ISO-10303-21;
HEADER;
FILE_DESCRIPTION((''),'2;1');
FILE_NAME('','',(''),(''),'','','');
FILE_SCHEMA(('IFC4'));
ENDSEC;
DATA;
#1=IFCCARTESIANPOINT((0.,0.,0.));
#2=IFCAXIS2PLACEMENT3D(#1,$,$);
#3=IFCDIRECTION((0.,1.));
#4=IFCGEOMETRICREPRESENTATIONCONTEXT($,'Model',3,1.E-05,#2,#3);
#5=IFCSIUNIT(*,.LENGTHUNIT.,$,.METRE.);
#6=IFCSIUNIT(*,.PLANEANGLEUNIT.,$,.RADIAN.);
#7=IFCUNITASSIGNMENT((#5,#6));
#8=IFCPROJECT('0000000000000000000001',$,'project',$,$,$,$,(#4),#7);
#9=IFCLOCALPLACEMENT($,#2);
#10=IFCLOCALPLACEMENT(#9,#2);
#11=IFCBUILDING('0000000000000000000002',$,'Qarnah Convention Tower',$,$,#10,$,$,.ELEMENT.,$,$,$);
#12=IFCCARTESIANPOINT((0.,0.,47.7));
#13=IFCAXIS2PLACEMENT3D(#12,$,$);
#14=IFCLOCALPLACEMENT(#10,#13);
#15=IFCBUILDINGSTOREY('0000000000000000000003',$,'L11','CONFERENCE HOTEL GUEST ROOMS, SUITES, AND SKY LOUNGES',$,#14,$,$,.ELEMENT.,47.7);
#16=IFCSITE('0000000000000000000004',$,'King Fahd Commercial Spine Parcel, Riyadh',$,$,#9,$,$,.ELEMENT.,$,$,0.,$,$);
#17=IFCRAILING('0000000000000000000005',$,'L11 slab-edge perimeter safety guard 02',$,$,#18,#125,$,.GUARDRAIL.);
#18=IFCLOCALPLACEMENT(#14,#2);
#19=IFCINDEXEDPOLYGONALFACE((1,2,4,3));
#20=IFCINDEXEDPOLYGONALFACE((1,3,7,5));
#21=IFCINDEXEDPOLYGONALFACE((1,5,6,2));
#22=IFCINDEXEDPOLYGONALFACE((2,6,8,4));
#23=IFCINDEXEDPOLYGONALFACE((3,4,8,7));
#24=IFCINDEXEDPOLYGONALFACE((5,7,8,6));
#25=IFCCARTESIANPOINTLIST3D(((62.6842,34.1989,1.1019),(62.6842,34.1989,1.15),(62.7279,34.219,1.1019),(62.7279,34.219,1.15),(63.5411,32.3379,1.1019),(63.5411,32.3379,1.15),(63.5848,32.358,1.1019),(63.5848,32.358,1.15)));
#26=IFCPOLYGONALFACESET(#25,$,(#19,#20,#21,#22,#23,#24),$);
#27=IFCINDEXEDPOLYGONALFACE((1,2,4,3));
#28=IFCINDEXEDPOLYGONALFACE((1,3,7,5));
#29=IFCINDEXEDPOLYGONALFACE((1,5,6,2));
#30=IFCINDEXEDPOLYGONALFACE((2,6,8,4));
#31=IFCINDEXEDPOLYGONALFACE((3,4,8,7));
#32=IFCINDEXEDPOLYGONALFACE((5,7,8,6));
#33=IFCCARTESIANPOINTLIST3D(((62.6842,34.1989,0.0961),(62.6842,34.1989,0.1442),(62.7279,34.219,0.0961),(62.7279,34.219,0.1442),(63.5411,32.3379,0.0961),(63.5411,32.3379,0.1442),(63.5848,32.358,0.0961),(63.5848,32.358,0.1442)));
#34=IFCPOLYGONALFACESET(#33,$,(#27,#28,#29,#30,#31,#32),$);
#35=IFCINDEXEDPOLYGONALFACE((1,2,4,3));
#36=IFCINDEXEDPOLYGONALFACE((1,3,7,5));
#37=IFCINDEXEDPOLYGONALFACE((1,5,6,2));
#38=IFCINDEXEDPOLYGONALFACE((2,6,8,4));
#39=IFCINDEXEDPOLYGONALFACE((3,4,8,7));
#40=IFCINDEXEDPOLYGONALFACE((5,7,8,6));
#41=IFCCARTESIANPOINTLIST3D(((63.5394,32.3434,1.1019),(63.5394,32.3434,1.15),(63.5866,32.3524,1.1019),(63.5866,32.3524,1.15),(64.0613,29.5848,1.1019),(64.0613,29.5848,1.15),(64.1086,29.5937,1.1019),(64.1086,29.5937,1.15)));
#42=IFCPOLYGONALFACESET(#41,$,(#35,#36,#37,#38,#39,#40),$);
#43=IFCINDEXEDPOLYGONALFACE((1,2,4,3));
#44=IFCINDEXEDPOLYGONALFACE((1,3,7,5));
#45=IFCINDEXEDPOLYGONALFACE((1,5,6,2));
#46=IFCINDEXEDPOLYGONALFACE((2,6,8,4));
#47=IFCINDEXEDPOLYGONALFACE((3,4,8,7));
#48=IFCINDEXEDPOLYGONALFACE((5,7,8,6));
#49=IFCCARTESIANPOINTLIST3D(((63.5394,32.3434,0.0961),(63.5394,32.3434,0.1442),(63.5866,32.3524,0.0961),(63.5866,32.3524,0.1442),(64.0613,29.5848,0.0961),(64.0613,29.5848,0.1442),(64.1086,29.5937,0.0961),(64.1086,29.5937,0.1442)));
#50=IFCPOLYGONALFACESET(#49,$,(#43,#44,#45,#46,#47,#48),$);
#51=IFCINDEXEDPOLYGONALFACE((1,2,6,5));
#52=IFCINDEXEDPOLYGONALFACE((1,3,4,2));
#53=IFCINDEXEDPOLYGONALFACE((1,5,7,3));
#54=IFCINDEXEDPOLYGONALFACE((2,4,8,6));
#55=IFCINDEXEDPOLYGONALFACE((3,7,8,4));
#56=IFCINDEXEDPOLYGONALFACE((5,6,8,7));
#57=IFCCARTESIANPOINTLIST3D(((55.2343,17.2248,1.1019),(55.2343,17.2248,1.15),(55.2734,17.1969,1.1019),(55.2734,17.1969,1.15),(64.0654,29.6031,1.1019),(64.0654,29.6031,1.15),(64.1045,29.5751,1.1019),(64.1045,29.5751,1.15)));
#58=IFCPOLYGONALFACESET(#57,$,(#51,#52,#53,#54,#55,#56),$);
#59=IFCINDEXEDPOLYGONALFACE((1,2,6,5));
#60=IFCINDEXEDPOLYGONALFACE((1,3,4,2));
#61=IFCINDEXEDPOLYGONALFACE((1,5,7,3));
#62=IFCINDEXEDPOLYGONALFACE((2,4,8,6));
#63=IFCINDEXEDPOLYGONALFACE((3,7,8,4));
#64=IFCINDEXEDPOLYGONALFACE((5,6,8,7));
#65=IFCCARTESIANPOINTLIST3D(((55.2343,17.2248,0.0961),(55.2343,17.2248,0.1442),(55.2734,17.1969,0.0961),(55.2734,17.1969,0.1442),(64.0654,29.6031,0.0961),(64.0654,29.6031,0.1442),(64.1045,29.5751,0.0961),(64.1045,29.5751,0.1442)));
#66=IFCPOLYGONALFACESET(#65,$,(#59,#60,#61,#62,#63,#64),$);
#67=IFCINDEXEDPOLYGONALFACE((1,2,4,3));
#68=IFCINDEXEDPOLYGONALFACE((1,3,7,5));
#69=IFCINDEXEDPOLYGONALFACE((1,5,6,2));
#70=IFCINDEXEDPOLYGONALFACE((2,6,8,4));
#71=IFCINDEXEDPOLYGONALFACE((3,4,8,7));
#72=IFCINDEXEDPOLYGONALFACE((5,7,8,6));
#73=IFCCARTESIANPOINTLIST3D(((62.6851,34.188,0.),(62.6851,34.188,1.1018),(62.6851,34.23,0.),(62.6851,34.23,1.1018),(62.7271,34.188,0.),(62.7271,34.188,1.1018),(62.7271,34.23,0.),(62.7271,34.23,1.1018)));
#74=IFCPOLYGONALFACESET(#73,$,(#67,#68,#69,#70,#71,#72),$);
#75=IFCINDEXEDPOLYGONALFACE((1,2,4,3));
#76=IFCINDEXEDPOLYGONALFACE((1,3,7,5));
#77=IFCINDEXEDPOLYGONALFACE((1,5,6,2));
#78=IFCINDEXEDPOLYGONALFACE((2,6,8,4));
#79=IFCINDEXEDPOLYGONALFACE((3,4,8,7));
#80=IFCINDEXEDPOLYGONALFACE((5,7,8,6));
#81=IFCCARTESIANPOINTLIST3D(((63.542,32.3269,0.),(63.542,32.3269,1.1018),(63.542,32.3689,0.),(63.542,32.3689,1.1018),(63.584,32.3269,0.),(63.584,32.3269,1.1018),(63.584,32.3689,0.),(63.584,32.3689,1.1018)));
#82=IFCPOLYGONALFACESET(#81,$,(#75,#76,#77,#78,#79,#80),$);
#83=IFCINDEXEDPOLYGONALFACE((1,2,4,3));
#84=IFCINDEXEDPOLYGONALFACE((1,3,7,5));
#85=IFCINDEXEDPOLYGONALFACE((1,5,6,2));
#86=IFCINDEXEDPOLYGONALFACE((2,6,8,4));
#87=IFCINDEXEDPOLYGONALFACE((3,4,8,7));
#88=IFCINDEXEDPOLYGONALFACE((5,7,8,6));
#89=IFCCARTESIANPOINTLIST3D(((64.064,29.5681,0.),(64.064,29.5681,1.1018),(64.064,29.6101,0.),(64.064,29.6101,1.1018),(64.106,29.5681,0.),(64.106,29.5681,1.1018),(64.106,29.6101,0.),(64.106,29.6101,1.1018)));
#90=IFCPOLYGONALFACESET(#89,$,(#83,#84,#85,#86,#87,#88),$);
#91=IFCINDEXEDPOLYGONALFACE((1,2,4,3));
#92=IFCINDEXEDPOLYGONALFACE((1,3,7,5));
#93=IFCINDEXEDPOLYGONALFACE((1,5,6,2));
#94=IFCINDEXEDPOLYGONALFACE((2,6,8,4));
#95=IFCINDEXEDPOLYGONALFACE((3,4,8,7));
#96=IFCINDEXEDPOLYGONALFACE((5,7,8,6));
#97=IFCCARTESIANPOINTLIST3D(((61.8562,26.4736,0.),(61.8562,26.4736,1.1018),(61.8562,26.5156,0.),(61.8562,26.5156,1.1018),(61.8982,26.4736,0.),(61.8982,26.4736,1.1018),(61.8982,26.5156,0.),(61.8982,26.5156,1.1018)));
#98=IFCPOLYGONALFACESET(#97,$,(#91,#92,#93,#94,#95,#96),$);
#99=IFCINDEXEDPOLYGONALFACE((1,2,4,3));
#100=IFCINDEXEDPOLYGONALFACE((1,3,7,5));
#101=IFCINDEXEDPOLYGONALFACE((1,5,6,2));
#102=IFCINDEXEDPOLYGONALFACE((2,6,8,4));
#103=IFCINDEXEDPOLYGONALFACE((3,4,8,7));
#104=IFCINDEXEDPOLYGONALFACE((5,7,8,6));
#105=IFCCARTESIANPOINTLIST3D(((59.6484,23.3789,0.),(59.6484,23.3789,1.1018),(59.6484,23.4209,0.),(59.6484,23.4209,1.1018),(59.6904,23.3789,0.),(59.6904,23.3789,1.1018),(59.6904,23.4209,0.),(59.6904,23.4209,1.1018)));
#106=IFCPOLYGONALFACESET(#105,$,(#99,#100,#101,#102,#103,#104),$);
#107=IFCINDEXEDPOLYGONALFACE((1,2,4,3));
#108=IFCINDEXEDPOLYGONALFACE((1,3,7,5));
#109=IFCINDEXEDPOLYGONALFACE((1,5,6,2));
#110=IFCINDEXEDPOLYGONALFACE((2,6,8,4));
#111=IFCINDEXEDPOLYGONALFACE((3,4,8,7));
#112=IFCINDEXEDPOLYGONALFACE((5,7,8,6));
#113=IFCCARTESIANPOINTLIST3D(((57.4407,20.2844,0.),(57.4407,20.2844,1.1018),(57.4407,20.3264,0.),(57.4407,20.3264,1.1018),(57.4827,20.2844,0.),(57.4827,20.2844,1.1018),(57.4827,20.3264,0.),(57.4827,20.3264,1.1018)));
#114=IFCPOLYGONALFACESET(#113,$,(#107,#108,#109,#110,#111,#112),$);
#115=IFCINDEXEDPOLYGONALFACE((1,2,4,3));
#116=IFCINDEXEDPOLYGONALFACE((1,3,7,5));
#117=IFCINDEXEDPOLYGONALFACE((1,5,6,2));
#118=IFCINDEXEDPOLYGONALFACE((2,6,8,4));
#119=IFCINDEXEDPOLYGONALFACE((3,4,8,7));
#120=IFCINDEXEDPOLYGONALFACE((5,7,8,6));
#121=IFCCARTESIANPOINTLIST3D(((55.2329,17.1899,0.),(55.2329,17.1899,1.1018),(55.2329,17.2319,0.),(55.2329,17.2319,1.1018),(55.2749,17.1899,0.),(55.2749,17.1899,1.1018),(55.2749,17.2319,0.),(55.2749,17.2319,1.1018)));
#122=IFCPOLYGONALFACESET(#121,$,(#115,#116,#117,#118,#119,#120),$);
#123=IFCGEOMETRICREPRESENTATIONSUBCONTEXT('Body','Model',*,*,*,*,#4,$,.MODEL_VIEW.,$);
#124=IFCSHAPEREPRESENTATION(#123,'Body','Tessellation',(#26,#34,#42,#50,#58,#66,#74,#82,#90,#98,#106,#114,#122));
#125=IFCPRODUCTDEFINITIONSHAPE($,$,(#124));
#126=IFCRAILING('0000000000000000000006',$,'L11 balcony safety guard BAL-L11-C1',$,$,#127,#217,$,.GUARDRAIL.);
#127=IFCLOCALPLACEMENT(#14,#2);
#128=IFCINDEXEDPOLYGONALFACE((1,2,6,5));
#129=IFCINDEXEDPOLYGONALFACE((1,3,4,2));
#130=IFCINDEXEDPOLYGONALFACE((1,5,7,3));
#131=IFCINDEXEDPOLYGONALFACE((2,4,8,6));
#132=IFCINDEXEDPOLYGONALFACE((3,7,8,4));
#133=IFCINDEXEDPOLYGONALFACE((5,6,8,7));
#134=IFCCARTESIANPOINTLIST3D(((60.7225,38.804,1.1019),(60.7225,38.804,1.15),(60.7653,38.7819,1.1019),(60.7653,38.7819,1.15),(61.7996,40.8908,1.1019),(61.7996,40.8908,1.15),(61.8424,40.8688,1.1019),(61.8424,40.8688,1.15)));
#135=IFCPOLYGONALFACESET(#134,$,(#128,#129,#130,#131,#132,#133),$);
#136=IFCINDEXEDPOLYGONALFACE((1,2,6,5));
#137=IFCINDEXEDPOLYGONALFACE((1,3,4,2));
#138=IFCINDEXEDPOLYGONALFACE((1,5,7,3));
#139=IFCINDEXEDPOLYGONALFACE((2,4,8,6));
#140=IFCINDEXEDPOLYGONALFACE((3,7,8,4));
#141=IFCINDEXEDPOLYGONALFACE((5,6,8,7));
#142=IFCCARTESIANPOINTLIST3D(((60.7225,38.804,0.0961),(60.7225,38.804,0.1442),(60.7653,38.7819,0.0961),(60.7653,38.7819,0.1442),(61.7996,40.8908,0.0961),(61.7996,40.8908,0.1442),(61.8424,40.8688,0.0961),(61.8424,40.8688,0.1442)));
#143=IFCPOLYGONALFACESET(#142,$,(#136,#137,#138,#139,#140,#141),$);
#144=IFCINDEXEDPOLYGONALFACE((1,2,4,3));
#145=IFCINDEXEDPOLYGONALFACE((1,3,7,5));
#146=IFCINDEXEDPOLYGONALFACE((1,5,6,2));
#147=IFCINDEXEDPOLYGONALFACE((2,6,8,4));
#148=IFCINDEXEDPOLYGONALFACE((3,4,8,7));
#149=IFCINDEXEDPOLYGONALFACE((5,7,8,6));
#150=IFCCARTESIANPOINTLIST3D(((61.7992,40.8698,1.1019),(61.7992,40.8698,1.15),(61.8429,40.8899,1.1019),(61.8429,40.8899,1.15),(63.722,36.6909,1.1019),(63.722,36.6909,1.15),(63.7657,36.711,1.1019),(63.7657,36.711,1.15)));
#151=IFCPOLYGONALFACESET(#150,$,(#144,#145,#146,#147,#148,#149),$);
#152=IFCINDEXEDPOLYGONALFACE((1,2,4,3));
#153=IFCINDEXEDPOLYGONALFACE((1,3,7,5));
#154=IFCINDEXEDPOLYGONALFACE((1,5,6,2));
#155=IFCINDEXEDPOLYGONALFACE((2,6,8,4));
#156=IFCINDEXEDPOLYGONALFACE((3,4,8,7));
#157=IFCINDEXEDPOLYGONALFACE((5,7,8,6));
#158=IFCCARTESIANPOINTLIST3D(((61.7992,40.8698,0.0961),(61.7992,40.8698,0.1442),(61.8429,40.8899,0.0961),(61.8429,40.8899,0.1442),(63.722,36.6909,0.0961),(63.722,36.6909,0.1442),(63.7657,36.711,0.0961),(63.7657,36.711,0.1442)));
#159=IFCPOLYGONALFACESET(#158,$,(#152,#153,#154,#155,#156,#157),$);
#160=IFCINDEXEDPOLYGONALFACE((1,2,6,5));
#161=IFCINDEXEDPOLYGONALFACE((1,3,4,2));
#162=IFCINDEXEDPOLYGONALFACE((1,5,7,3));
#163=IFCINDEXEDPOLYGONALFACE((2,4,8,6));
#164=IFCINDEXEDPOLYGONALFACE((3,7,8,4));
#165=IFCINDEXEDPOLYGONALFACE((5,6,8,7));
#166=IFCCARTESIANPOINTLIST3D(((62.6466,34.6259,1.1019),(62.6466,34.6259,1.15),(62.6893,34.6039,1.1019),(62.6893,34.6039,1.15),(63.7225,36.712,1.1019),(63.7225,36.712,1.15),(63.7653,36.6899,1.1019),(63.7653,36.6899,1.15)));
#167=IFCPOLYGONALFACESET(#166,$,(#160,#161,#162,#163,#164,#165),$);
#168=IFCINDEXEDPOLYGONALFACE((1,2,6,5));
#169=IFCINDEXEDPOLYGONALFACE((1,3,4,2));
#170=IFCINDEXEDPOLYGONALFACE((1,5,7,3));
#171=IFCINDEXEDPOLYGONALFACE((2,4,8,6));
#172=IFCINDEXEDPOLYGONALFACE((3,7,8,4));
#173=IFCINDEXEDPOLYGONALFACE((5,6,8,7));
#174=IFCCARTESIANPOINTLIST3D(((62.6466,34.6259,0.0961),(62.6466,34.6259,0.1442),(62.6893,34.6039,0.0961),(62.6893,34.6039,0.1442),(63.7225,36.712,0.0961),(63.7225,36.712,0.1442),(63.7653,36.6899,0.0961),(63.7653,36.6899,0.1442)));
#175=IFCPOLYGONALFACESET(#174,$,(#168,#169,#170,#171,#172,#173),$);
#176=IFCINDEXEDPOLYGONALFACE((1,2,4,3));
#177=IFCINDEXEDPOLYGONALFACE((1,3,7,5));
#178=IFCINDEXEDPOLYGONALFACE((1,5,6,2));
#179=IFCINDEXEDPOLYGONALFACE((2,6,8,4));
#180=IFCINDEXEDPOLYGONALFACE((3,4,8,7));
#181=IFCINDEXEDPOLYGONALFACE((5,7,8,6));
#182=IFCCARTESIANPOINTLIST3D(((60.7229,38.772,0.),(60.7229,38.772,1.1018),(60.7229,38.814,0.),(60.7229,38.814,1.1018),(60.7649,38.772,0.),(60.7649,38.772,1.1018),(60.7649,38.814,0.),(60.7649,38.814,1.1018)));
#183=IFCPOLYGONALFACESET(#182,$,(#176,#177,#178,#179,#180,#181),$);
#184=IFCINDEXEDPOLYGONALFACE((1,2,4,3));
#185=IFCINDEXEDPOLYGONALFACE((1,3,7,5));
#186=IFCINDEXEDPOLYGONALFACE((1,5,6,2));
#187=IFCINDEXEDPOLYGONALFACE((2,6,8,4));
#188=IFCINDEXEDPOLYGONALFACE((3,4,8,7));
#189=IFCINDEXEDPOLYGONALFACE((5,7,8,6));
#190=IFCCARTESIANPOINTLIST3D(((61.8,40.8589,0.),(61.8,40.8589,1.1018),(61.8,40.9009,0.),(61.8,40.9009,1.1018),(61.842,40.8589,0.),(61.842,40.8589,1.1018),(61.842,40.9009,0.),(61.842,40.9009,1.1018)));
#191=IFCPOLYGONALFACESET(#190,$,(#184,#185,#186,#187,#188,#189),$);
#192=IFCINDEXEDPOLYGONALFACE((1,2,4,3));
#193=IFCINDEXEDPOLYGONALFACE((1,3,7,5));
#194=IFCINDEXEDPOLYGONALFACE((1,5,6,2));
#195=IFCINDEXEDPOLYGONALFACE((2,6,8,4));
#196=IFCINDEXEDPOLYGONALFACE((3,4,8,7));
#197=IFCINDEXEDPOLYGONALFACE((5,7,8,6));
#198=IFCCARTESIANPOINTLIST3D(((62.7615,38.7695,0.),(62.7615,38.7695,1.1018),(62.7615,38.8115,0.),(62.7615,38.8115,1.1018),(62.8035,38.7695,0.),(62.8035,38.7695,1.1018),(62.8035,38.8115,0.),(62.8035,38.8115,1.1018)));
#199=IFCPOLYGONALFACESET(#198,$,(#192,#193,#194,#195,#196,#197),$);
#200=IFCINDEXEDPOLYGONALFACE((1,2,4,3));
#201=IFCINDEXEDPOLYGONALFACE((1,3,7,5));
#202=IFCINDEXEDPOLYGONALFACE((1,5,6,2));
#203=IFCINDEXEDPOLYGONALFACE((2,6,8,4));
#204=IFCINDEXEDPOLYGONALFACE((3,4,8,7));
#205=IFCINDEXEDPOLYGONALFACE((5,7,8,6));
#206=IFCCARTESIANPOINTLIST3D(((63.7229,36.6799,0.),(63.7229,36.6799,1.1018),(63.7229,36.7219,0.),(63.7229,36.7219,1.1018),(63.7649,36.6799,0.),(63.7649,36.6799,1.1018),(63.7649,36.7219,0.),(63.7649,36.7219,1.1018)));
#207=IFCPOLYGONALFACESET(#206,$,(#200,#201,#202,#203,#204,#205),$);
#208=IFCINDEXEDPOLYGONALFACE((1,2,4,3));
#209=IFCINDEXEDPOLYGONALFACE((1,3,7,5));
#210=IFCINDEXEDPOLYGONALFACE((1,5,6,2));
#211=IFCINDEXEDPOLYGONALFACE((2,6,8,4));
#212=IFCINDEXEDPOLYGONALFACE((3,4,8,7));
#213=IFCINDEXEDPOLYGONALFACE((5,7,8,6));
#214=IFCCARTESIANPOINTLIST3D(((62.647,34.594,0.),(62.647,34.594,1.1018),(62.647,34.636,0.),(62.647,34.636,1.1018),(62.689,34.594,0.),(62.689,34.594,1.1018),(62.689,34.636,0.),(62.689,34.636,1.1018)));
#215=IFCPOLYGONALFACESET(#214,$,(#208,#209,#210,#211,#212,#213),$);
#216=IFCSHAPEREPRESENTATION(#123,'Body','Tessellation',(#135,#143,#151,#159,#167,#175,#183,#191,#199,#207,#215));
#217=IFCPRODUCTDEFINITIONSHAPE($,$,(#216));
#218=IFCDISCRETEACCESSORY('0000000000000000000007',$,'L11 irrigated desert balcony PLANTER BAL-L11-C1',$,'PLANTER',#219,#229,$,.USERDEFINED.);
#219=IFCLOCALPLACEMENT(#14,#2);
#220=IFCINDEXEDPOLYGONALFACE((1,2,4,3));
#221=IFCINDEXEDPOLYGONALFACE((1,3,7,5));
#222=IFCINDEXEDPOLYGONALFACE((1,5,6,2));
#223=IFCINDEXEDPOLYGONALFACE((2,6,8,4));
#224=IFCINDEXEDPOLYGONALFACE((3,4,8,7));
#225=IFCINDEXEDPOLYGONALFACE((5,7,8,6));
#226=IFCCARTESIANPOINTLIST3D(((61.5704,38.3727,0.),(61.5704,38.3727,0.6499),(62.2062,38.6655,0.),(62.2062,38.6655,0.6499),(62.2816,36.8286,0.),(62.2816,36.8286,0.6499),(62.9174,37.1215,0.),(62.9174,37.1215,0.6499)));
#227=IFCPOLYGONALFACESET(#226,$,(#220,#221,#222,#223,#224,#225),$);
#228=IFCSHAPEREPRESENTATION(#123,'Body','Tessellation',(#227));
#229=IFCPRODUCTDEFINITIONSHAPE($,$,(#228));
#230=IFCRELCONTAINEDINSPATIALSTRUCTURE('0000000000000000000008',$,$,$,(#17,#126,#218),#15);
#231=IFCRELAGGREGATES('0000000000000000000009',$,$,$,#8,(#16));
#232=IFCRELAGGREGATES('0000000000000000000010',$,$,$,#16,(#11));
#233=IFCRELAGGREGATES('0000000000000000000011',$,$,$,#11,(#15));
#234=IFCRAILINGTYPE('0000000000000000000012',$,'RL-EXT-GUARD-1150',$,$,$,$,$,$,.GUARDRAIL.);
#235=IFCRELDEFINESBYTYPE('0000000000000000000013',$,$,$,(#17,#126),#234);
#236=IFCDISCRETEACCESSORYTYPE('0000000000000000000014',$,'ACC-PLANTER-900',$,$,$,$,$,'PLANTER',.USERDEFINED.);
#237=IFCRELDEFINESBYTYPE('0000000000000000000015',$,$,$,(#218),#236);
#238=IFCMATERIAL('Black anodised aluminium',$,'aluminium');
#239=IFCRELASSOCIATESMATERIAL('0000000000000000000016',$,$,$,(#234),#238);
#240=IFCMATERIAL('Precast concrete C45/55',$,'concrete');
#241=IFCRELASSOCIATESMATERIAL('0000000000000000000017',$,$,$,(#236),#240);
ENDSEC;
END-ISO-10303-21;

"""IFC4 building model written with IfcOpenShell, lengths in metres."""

from ifc_helpers import new_model, si_unit, direction, frame, origin, origin_2d, place, context, subcontext, project, spatial, rectangle, extrude, material, type_object, element, save


model = new_model("IFC4")

# Units and contexts
model_context = context("Model", 3, precision=1e-05, world=origin(), true_north=direction((0.0, 1.0)))
body_context = subcontext(model_context, "Body", "Model", "MODEL_VIEW")
ifc_project = project(units=[si_unit("LENGTHUNIT", "METRE"), si_unit("PLANEANGLEUNIT", "RADIAN")], contexts=[model_context])

# Site, building, storey
site_placement = place(None, origin())
site = spatial("IfcSite", under=ifc_project, at=site_placement, Name="King Fahd Commercial Spine Parcel, Riyadh", CompositionType="ELEMENT", RefElevation=0.0)
building_placement = place(site_placement, origin())
building = spatial("IfcBuilding", under=site, at=building_placement, Name="Qarnah Convention Tower", CompositionType="ELEMENT")
storey_placement = place(building_placement, frame((0.0, 0.0, 47.7)))
storey = spatial("IfcBuildingStorey", under=building, at=storey_placement, Name="L11", Description="CONFERENCE HOTEL GUEST ROOMS, SUITES, AND SKY LOUNGES", CompositionType="ELEMENT", Elevation=47.7)

# Shared definitions
ifc_material_1 = material(Name="Black anodised aluminium", Category="aluminium")

# Shared definitions
ifc_material_2 = material(Name="Precast concrete C45/55", Category="concrete")

# Railings
railing_type = type_object("IfcRailingType", Name="RL-EXT-GUARD-1150", PredefinedType="GUARDRAIL", material=ifc_material_1)
railing_1_placement = place(storey_placement, frame((62.7061, 34.209, 0.0)))
element("IfcRailing", 1, at=railing_1_placement, inside=storey, type_object=railing_type, Name="L11 slab-edge perimeter safety guard 02", PredefinedType="GUARDRAIL", context=body_context, shape_type="SweptSolid", body=[
    extrude(rectangle(XDim=0.0481, YDim=0.0481, at=origin_2d()), frame((0.0, 0.0, 1.126), z_axis=(0.418242, -0.908336, 0.0), x_axis=(0.908336, 0.418242, 0.0)), (0.0, 0.0, 1.0), 2.0488),
    extrude(rectangle(XDim=0.0481, YDim=0.0481, at=origin_2d()), frame((0.0, 0.0, 0.1201), z_axis=(0.418242, -0.908336, 0.0), x_axis=(0.908336, 0.418242, 0.0)), (0.0, 0.0, 1.0), 2.0488),
    extrude(rectangle(XDim=0.0481, YDim=0.0481, at=origin_2d()), frame((0.8569, -1.8611, 1.126), z_axis=(0.185905, -0.982568, 0.0), x_axis=(0.982568, 0.185905, 0.0)), (0.0, 0.0, 1.0), 2.8076),
    extrude(rectangle(XDim=0.0481, YDim=0.0481, at=origin_2d()), frame((0.8569, -1.8611, 0.1201), z_axis=(0.185905, -0.982568, 0.0), x_axis=(0.982568, 0.185905, 0.0)), (0.0, 0.0, 1.0), 2.8076),
    extrude(rectangle(XDim=0.0481, YDim=0.0481, at=origin_2d()), frame((1.3789, -4.6199, 1.126), z_axis=(-0.580781, -0.81406, 0.0), x_axis=(0.81406, -0.580781, 0.0)), (0.0, 0.0, 1.0), 15.2056),
    extrude(rectangle(XDim=0.0481, YDim=0.0481, at=origin_2d()), frame((1.3789, -4.6199, 0.1201), z_axis=(-0.580781, -0.81406, 0.0), x_axis=(0.81406, -0.580781, 0.0)), (0.0, 0.0, 1.0), 15.2056),
    extrude(rectangle(XDim=0.042, YDim=0.042, at=origin_2d()), origin(), (0.0, 0.0, 1.0), 1.1018),
    extrude(rectangle(XDim=0.042, YDim=0.042, at=origin_2d()), frame((0.8569, -1.8611, 0.0)), (0.0, 0.0, 1.0), 1.1018),
    extrude(rectangle(XDim=0.042, YDim=0.042, at=origin_2d()), frame((1.3789, -4.6199, 0.0)), (0.0, 0.0, 1.0), 1.1018),
    extrude(rectangle(XDim=0.042, YDim=0.042, at=origin_2d()), frame((-0.8289, -7.7144, 0.0)), (0.0, 0.0, 1.0), 1.1018),
    extrude(rectangle(XDim=0.042, YDim=0.042, at=origin_2d()), frame((-3.0366, -10.8091, 0.0)), (0.0, 0.0, 1.0), 1.1018),
    extrude(rectangle(XDim=0.042, YDim=0.042, at=origin_2d()), frame((-5.2444, -13.9036, 0.0)), (0.0, 0.0, 1.0), 1.1018),
    extrude(rectangle(XDim=0.042, YDim=0.042, at=origin_2d()), frame((-7.4521, -16.998, 0.0)), (0.0, 0.0, 1.0), 1.1018),
])
railing_2_placement = place(storey_placement, frame((60.7439, 38.793, 0.0)))
element("IfcRailing", 2, at=railing_2_placement, inside=storey, type_object=railing_type, Name="L11 balcony safety guard BAL-L11-C1", PredefinedType="GUARDRAIL", context=body_context, shape_type="SweptSolid", body=[
    extrude(rectangle(XDim=0.0481, YDim=0.0481, at=origin_2d()), frame((0.0, 0.0, 1.126), z_axis=(0.458654, 0.888615, 0.0), x_axis=(-0.888615, 0.458654, 0.0)), (0.0, 0.0, 1.0), 2.3484),
    extrude(rectangle(XDim=0.0481, YDim=0.0481, at=origin_2d()), frame((0.0, 0.0, 0.1201), z_axis=(0.458654, 0.888615, 0.0), x_axis=(-0.888615, 0.458654, 0.0)), (0.0, 0.0, 1.0), 2.3484),
    extrude(rectangle(XDim=0.0481, YDim=0.0481, at=origin_2d()), frame((1.0771, 2.0869, 1.126), z_axis=(0.418001, -0.908447, 0.0), x_axis=(0.908447, 0.418001, 0.0)), (0.0, 0.0, 1.0), 4.6001),
    extrude(rectangle(XDim=0.0481, YDim=0.0481, at=origin_2d()), frame((1.0771, 2.0869, 0.1201), z_axis=(0.418001, -0.908447, 0.0), x_axis=(0.908447, 0.418001, 0.0)), (0.0, 0.0, 1.0), 4.6001),
    extrude(rectangle(XDim=0.0481, YDim=0.0481, at=origin_2d()), frame((3.0, -2.092, 1.126), z_axis=(-0.458412, -0.88874, 0.0), x_axis=(0.88874, -0.458412, 0.0)), (0.0, 0.0, 1.0), 2.3472),
    extrude(rectangle(XDim=0.0481, YDim=0.0481, at=origin_2d()), frame((3.0, -2.092, 0.1201), z_axis=(-0.458412, -0.88874, 0.0), x_axis=(0.88874, -0.458412, 0.0)), (0.0, 0.0, 1.0), 2.3472),
    extrude(rectangle(XDim=0.042, YDim=0.042, at=origin_2d()), origin(), (0.0, 0.0, 1.0), 1.1018),
    extrude(rectangle(XDim=0.042, YDim=0.042, at=origin_2d()), frame((1.0771, 2.0869, 0.0)), (0.0, 0.0, 1.0), 1.1018),
    extrude(rectangle(XDim=0.042, YDim=0.042, at=origin_2d()), frame((2.0386, -0.0024, 0.0)), (0.0, 0.0, 1.0), 1.1018),
    extrude(rectangle(XDim=0.042, YDim=0.042, at=origin_2d()), frame((3.0, -2.092, 0.0)), (0.0, 0.0, 1.0), 1.1018),
    extrude(rectangle(XDim=0.042, YDim=0.042, at=origin_2d()), frame((1.9241, -4.178, 0.0)), (0.0, 0.0, 1.0), 1.1018),
])

# Discrete accessory
discrete_accessory_type = type_object("IfcDiscreteAccessoryType", Name="ACC-PLANTER-900", ElementType="PLANTER", PredefinedType="USERDEFINED", material=ifc_material_2)
discrete_accessory_placement = place(storey_placement, frame((62.2439, 37.7471, 0.0), z_axis=(0.0, 0.0, 1.0), x_axis=(-0.418343, 0.908289, 0.0)))
element("IfcDiscreteAccessory", 3, at=discrete_accessory_placement, inside=storey, type_object=discrete_accessory_type, Name="L11 irrigated desert balcony PLANTER BAL-L11-C1", ObjectType="PLANTER", PredefinedType="USERDEFINED", context=body_context, shape_type="SweptSolid", body=[
    extrude(rectangle(XDim=1.7, YDim=0.7, at=origin_2d()), origin(), (0.0, 0.0, 1.0), 0.6499),
])

save(model, "model.ifc")
